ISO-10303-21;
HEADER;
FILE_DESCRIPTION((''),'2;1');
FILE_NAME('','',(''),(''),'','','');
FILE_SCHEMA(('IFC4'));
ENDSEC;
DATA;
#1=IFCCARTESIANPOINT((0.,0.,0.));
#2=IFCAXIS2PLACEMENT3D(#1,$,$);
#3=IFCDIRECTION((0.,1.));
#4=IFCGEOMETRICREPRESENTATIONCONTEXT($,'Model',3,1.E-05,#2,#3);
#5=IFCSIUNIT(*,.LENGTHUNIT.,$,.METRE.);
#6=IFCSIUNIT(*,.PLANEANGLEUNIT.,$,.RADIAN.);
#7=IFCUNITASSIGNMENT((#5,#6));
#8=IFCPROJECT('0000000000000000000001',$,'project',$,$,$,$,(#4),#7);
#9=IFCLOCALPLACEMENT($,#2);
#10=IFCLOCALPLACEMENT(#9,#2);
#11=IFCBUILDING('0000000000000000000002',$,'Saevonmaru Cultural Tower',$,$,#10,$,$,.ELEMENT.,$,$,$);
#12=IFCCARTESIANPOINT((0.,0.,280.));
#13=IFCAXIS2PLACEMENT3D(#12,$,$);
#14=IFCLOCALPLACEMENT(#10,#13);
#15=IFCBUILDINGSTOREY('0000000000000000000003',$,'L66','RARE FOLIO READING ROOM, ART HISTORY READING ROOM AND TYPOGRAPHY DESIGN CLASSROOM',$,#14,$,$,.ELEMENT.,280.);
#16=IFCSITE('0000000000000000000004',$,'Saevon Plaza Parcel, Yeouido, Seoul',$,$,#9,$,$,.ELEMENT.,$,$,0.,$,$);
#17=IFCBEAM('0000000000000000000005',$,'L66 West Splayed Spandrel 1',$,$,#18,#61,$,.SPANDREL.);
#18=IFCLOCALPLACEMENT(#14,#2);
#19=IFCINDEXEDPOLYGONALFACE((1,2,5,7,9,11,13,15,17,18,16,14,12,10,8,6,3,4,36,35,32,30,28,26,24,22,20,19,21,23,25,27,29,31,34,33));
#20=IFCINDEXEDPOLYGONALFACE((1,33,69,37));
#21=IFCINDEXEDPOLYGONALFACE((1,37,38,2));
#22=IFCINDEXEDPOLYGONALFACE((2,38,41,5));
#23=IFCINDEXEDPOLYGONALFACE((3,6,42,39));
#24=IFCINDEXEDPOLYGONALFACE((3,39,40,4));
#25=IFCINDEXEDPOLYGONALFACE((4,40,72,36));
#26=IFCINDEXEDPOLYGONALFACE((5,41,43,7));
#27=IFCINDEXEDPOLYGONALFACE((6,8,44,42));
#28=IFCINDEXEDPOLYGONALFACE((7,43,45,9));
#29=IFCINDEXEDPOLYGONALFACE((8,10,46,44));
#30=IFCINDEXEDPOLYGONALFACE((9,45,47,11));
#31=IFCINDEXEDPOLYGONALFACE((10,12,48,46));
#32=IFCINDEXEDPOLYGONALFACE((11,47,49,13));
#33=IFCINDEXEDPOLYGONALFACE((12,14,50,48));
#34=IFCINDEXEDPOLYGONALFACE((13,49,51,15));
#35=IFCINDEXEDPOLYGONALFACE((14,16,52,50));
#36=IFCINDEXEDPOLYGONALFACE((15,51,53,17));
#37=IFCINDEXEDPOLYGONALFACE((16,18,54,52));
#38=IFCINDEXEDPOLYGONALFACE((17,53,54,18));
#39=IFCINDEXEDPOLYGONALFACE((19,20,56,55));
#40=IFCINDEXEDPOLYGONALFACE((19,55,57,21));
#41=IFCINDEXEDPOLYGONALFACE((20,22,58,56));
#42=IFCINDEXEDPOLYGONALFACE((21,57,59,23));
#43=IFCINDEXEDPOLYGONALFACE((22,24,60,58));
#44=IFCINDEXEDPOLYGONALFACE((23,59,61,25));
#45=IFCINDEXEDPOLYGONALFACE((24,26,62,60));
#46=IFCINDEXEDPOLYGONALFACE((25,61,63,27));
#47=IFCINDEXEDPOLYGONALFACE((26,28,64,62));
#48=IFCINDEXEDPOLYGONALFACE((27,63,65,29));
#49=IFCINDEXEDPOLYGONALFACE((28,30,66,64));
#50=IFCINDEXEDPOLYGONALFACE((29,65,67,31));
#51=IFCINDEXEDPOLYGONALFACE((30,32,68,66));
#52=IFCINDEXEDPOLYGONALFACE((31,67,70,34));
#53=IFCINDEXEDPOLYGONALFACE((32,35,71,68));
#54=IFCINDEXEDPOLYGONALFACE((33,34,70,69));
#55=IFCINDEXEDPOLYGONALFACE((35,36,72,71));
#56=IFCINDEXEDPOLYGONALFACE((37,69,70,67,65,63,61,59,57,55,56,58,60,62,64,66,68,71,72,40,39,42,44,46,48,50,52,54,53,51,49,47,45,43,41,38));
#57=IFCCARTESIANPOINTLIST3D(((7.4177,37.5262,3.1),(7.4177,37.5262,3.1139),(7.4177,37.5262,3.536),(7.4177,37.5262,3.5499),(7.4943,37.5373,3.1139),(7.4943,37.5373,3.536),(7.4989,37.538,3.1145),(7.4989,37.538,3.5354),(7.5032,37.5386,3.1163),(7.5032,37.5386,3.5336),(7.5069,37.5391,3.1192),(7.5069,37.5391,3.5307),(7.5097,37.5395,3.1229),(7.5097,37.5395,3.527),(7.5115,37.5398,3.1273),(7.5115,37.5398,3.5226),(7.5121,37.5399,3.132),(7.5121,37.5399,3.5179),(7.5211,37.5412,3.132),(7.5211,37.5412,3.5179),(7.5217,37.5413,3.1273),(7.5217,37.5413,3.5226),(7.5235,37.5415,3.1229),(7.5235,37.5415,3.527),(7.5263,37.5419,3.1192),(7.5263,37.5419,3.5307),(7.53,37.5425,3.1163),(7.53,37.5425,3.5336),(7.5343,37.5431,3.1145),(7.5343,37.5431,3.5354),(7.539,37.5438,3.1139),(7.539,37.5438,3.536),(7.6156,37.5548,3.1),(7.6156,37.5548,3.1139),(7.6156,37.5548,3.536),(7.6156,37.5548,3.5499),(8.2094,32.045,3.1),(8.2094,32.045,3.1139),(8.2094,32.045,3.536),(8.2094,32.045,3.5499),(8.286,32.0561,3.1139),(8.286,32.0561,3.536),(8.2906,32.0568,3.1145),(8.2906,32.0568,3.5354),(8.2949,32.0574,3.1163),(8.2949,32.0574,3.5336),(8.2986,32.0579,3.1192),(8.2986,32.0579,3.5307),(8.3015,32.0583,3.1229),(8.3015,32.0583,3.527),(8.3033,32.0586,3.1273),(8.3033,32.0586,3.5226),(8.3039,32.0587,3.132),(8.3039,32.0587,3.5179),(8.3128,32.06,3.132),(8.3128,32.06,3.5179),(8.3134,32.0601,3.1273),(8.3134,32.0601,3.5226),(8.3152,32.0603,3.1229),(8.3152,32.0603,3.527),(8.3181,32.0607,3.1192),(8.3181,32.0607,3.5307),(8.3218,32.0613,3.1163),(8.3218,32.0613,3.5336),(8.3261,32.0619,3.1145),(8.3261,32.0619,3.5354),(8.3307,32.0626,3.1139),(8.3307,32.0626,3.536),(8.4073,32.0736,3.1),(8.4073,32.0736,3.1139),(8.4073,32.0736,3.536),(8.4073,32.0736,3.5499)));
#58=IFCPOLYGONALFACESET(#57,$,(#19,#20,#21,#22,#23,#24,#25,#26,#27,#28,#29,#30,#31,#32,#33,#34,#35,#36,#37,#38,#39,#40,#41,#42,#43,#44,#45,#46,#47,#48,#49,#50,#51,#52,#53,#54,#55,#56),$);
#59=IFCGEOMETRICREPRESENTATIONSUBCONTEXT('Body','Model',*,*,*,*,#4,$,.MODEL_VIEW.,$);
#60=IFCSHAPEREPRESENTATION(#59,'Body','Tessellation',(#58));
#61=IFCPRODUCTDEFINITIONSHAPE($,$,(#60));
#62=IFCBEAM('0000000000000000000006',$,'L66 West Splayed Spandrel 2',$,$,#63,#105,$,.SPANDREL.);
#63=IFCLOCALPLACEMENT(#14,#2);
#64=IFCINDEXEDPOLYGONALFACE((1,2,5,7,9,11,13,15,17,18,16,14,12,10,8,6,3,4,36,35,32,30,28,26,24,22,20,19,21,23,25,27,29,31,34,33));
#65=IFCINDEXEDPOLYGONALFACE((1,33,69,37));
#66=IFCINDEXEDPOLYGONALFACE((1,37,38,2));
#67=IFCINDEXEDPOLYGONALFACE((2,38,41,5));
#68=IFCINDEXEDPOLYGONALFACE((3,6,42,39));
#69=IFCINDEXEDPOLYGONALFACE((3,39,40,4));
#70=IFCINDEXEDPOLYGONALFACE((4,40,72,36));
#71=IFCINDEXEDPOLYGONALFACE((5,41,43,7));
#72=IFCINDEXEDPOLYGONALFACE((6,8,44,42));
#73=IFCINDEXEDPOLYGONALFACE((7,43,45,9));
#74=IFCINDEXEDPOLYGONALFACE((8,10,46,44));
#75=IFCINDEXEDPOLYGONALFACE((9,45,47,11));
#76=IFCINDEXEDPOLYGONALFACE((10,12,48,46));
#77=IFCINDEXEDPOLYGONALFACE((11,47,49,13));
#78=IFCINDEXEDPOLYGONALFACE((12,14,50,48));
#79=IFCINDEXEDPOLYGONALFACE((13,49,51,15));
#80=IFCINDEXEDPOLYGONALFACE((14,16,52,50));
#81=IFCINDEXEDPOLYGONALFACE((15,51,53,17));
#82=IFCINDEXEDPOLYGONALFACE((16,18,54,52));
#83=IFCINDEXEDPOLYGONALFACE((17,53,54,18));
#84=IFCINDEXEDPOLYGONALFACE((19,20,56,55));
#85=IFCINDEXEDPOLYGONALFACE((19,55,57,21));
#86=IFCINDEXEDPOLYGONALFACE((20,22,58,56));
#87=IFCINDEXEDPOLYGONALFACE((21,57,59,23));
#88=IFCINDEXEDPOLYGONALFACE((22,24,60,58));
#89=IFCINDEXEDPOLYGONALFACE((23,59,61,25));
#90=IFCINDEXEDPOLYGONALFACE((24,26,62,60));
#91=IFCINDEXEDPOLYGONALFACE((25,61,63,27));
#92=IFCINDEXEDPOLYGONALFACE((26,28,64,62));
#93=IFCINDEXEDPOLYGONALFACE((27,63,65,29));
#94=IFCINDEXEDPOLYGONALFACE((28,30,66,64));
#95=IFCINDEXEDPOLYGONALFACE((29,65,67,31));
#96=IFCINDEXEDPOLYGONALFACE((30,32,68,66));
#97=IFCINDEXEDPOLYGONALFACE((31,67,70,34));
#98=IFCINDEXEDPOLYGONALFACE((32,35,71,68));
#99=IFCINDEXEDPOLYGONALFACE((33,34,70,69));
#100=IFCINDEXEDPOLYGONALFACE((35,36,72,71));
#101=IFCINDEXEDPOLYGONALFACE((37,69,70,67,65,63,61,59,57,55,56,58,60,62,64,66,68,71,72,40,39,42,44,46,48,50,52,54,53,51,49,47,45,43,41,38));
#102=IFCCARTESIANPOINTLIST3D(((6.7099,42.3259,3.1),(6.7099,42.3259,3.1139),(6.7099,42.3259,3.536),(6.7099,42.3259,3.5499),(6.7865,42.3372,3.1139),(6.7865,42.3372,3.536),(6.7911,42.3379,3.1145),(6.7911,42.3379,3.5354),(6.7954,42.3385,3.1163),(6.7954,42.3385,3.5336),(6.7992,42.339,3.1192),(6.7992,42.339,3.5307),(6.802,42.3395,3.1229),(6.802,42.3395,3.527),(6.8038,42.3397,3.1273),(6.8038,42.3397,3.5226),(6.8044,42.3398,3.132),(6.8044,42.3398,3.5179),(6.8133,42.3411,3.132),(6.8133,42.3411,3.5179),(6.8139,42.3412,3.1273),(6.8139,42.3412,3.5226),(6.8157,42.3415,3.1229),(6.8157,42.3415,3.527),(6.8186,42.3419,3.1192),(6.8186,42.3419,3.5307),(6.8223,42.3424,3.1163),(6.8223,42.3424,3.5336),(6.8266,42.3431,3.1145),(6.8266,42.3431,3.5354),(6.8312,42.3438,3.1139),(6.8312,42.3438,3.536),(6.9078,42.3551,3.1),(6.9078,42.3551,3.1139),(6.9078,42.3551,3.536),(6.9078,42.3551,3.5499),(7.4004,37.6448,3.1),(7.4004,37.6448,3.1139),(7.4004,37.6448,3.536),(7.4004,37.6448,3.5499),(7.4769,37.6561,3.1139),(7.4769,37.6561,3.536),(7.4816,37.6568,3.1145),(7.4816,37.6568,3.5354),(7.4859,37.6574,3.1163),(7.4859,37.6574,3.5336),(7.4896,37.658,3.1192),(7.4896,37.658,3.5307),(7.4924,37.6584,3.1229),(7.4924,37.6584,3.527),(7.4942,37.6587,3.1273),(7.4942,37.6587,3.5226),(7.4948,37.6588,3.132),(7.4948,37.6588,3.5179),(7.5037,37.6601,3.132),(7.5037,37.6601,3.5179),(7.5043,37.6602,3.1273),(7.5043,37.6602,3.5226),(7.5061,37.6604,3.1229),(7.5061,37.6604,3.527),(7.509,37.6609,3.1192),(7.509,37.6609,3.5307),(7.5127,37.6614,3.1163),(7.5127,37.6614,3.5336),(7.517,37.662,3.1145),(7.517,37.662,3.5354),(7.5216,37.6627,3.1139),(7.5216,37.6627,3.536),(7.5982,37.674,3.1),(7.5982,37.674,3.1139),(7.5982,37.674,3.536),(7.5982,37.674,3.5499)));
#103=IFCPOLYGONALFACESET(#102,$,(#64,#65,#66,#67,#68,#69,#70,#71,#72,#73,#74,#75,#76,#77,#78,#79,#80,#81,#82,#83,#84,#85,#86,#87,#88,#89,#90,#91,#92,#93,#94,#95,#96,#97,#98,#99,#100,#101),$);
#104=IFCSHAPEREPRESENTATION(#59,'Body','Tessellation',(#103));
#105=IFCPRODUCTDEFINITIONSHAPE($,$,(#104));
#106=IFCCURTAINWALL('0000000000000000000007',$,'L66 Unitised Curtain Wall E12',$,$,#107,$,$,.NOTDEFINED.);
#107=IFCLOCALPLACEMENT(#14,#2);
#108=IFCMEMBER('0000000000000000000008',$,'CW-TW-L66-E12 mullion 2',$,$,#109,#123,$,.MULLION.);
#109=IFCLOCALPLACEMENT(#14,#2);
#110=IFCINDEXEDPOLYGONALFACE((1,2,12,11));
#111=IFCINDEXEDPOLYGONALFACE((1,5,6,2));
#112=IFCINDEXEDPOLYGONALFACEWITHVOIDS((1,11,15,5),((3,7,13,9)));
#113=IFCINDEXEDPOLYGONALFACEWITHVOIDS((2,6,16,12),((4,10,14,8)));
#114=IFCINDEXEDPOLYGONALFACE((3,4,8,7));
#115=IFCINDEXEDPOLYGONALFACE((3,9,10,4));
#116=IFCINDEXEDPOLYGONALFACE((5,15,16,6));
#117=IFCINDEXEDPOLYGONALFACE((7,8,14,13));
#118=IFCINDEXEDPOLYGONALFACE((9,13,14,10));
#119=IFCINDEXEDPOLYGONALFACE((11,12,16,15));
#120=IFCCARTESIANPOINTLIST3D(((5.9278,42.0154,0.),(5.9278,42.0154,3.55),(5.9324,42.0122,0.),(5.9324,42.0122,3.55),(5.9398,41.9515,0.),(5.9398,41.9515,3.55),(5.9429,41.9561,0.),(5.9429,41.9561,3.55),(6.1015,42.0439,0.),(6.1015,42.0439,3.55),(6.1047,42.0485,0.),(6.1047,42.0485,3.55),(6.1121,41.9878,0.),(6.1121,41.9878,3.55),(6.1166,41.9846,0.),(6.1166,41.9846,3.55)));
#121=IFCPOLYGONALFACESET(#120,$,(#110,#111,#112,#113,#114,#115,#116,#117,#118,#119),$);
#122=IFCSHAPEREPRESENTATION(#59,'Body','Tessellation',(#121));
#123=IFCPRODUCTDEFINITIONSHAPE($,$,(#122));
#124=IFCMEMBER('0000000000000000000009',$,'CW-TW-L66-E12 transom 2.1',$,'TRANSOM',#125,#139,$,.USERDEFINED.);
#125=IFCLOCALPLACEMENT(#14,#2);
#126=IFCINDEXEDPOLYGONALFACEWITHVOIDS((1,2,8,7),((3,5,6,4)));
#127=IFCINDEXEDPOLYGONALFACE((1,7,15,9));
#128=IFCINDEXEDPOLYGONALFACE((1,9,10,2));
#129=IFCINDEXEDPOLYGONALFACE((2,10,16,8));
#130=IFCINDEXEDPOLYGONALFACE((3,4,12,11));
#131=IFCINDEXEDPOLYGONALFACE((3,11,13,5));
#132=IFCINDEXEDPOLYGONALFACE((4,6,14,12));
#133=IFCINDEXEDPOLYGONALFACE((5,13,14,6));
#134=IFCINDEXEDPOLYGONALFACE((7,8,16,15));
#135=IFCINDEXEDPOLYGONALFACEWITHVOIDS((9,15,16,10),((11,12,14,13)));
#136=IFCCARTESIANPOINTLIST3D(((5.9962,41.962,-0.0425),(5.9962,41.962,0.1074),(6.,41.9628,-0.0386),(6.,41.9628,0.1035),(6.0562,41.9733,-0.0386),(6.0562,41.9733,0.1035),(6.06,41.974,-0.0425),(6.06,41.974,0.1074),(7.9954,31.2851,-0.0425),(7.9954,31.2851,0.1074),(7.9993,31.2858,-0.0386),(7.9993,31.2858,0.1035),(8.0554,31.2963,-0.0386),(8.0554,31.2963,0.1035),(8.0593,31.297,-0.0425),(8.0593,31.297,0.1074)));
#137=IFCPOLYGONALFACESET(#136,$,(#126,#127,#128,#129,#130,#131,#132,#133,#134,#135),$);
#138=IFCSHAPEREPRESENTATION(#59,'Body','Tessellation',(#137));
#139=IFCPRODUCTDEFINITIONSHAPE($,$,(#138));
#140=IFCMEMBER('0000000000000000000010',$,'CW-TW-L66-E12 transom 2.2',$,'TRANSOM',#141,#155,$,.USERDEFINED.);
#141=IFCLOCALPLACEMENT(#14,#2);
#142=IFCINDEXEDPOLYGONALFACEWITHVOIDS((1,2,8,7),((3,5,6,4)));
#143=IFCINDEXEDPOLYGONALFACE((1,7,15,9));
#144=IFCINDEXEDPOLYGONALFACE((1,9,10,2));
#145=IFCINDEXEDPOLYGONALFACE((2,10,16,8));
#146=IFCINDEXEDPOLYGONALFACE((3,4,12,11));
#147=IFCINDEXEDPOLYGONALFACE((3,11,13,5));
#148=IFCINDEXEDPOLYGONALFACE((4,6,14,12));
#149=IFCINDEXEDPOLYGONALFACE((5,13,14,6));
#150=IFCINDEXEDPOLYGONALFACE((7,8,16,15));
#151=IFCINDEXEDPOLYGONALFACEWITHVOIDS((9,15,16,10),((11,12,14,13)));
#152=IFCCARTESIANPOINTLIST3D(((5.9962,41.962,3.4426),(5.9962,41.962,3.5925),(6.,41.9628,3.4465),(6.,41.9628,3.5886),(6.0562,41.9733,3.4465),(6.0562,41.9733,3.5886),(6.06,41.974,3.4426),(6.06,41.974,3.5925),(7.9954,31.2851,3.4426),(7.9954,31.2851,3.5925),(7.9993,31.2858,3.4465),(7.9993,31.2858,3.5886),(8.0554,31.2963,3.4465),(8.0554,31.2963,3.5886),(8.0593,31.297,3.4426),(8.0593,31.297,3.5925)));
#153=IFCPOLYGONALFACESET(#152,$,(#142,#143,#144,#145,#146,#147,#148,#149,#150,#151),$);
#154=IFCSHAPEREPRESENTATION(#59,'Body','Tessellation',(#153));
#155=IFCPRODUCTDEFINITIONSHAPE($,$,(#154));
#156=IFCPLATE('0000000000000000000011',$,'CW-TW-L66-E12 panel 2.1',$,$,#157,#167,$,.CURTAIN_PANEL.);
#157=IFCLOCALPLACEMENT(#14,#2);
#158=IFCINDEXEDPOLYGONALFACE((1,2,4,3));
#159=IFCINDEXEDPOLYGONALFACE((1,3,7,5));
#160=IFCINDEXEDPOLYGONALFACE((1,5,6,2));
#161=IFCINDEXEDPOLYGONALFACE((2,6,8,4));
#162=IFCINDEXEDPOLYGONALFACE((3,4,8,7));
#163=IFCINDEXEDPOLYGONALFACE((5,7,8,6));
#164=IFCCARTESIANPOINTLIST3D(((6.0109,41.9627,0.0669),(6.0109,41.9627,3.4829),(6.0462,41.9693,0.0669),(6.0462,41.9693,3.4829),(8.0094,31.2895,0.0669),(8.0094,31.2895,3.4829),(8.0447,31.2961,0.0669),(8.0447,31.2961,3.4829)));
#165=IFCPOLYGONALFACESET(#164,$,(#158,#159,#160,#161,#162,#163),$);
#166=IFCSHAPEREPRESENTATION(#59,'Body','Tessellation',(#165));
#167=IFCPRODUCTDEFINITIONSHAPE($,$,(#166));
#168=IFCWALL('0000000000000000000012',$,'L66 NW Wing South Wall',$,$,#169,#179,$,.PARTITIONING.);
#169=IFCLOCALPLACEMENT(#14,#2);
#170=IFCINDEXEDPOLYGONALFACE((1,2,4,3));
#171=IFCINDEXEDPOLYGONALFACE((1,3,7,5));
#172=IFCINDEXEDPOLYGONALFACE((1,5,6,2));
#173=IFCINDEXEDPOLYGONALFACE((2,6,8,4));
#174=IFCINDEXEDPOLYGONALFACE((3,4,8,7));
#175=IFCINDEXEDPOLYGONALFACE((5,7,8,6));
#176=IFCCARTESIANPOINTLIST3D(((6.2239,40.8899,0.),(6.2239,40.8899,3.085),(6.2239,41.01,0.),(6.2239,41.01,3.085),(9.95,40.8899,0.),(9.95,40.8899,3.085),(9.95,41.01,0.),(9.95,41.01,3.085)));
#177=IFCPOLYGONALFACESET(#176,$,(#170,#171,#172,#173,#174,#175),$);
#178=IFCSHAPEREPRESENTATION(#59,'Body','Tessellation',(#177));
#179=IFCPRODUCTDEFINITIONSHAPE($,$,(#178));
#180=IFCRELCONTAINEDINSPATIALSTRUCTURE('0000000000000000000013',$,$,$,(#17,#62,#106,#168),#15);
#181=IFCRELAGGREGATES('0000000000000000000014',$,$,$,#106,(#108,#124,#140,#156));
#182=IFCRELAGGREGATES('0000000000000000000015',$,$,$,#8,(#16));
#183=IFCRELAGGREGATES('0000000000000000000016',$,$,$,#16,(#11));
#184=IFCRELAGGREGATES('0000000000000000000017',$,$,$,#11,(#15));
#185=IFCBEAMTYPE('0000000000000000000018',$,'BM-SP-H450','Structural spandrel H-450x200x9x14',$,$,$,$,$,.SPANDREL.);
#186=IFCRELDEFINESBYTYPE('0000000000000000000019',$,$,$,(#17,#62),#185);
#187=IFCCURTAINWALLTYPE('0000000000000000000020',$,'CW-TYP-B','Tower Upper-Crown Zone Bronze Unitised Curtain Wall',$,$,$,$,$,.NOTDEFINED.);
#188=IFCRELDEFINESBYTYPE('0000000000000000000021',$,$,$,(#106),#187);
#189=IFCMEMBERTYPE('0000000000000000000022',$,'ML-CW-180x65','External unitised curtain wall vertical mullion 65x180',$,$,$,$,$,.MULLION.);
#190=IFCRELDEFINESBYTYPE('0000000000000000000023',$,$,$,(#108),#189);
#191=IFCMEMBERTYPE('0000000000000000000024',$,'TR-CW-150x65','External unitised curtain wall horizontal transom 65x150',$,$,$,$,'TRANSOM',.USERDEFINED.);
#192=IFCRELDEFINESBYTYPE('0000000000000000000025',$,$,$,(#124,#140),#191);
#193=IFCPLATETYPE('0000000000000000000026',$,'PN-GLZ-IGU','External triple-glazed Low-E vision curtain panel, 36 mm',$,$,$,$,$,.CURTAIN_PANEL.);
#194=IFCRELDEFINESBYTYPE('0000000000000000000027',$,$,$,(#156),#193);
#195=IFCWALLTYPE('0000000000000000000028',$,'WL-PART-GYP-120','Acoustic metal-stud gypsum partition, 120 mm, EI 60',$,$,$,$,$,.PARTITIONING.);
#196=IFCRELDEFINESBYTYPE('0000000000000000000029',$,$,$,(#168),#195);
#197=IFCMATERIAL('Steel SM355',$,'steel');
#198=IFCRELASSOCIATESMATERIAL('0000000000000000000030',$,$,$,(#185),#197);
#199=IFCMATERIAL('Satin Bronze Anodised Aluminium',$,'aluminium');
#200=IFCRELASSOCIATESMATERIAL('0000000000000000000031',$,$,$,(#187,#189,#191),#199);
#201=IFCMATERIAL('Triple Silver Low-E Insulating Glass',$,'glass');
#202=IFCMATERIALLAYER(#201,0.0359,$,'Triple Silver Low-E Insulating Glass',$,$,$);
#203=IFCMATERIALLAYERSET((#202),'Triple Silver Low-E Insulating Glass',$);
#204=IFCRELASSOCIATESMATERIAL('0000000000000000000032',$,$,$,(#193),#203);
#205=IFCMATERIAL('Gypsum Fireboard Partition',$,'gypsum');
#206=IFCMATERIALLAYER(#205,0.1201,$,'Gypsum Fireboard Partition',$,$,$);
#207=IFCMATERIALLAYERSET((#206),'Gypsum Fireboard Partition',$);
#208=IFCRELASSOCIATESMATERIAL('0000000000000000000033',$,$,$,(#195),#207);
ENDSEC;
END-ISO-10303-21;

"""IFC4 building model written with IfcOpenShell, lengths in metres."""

from ifc_helpers import new_model, si_unit, direction, frame, frame_2d, origin, origin_2d, place, context, subcontext, project, spatial, rectangle, hollow_rectangle, i_section, extrude, material, layer, layer_set, material_profile, profile_set, type_object, element, aggregate, save


model = new_model("IFC4")

# Units and contexts
model_context = context("Model", 3, precision=1e-05, world=origin(), true_north=direction((0.0, 1.0)))
body_context = subcontext(model_context, "Body", "Model", "MODEL_VIEW")
ifc_project = project(units=[si_unit("LENGTHUNIT", "METRE"), si_unit("PLANEANGLEUNIT", "RADIAN")], contexts=[model_context])

# Site, building, storey
site_placement = place(None, origin())
site = spatial("IfcSite", under=ifc_project, at=site_placement, Name="Saevon Plaza Parcel, Yeouido, Seoul", CompositionType="ELEMENT", RefElevation=0.0)
building_placement = place(site_placement, origin())
building = spatial("IfcBuilding", under=site, at=building_placement, Name="Saevonmaru Cultural Tower", CompositionType="ELEMENT")
storey_placement = place(building_placement, frame((0.0, 0.0, 280.0)))
storey = spatial("IfcBuildingStorey", under=building, at=storey_placement, Name="L66", Description="RARE FOLIO READING ROOM, ART HISTORY READING ROOM AND TYPOGRAPHY DESIGN CLASSROOM", CompositionType="ELEMENT", Elevation=280.0)

# Shared definitions
ifc_material_1 = material(Name="Steel SM355", Category="steel")

# Beams
ifc_material_profile_1 = material_profile(ifc_material_1, i_section(OverallWidth=0.2, OverallDepth=0.45, WebThickness=0.009, FlangeThickness=0.0139, FilletRadius=0.0181, at=origin_2d()), Name="H-450x200x9x14")
ifc_profile_set_1 = profile_set([ifc_material_profile_1], Name="Steel SM355")
beam_type_1 = type_object("IfcBeamType", Name="BM-SP-H450", Description="Structural spandrel H-450x200x9x14", PredefinedType="SPANDREL", material=ifc_profile_set_1)
beam_1_placement = place(storey_placement, frame((8.3083, 32.0593, 3.325), z_axis=(-0.142964, 0.989728, 0.0), x_axis=(-0.989728, -0.142964, 0.0)))
element("IfcBeam", 1, at=beam_1_placement, inside=storey, type_object=beam_type_1, Name="L66 West Splayed Spandrel 1", PredefinedType="SPANDREL", context=body_context, shape_type="SweptSolid", body=[
    extrude(i_section(OverallWidth=0.2, OverallDepth=0.45, WebThickness=0.009, FlangeThickness=0.0139, FilletRadius=0.0181, at=origin_2d()), origin(), (0.0, 0.0, 1.0), 5.5381),
])
beam_2_placement = place(storey_placement, frame((7.4993, 37.6594, 3.325), z_axis=(-0.145913, 0.989297, 0.0), x_axis=(-0.989297, -0.145913, 0.0)))
element("IfcBeam", 2, at=beam_2_placement, inside=storey, type_object=beam_type_1, Name="L66 West Splayed Spandrel 2", PredefinedType="SPANDREL", context=body_context, shape_type="SweptSolid", body=[
    extrude(i_section(OverallWidth=0.2, OverallDepth=0.45, WebThickness=0.009, FlangeThickness=0.0139, FilletRadius=0.0181, at=origin_2d()), origin(), (0.0, 0.0, 1.0), 4.7317),
])

# Curtain wall, members, plate
ifc_material_2 = material(Name="Satin Bronze Anodised Aluminium", Category="aluminium")
curtain_wall_type = type_object("IfcCurtainWallType", Name="CW-TYP-B", Description="Tower Upper-Crown Zone Bronze Unitised Curtain Wall", PredefinedType="NOTDEFINED", material=ifc_material_2)
curtain_wall_placement = place(storey_placement, origin())
curtain_wall = element("IfcCurtainWall", 3, at=curtain_wall_placement, inside=storey, type_object=curtain_wall_type, Name="L66 Unitised Curtain Wall E12", PredefinedType="NOTDEFINED")
ifc_material_profile_2 = material_profile(ifc_material_2, hollow_rectangle(XDim=0.0649, YDim=0.1799, WallThickness=0.0039, at=origin_2d()), Name="ALU-MULL-180x65x4")
ifc_profile_set_2 = profile_set([ifc_material_profile_2], Name="Satin Bronze Anodised Aluminium")
member_type_1 = type_object("IfcMemberType", Name="ML-CW-180x65", Description="External unitised curtain wall vertical mullion 65x180", PredefinedType="MULLION", material=ifc_profile_set_2)
member_1_placement = place(storey_placement, frame((6.0222, 42.0, 0.0), z_axis=(0.0, 0.0, 1.0), x_axis=(0.184047, -0.982918, 0.0)))
member_1 = element("IfcMember", 4, at=member_1_placement, type_object=member_type_1, Name="CW-TW-L66-E12 mullion 2", PredefinedType="MULLION", context=body_context, shape_type="SweptSolid", body=[
    extrude(hollow_rectangle(XDim=0.0649, YDim=0.1799, WallThickness=0.0039, at=origin_2d()), origin(), (0.0, 0.0, 1.0), 3.55),
])
ifc_material_profile_3 = material_profile(ifc_material_2, hollow_rectangle(XDim=0.0649, YDim=0.1499, WallThickness=0.0039, at=origin_2d()), Name="ALU-TRAN-150x65x4")
ifc_profile_set_3 = profile_set([ifc_material_profile_3], Name="Satin Bronze Anodised Aluminium")
member_type_2 = type_object("IfcMemberType", Name="TR-CW-150x65", Description="External unitised curtain wall horizontal transom 65x150", ElementType="TRANSOM", PredefinedType="USERDEFINED", material=ifc_profile_set_3)
member_2_placement = place(storey_placement, frame((6.0281, 41.968, 0.0325), z_axis=(0.184051, -0.982917, 0.0), x_axis=(0.982917, 0.184051, 0.0)))
member_2 = element("IfcMember", 5, at=member_2_placement, type_object=member_type_2, Name="CW-TW-L66-E12 transom 2.1", ObjectType="TRANSOM", PredefinedType="USERDEFINED", context=body_context, shape_type="SweptSolid", body=[
    extrude(hollow_rectangle(XDim=0.0649, YDim=0.1499, WallThickness=0.0039, at=origin_2d()), origin(), (0.0, 0.0, 1.0), 10.8625),
])
member_3_placement = place(storey_placement, frame((6.0281, 41.968, 3.5176), z_axis=(0.184051, -0.982917, 0.0), x_axis=(0.982917, 0.184051, 0.0)))
member_3 = element("IfcMember", 6, at=member_3_placement, type_object=member_type_2, Name="CW-TW-L66-E12 transom 2.2", ObjectType="TRANSOM", PredefinedType="USERDEFINED", context=body_context, shape_type="SweptSolid", body=[
    extrude(hollow_rectangle(XDim=0.0649, YDim=0.1499, WallThickness=0.0039, at=origin_2d()), origin(), (0.0, 0.0, 1.0), 10.8625),
])
ifc_material_3 = material(Name="Triple Silver Low-E Insulating Glass", Category="glass")
ifc_layer_1 = layer(ifc_material_3, 0.0359, Name="Triple Silver Low-E Insulating Glass")
ifc_layer_set_1 = layer_set([ifc_layer_1], Name="Triple Silver Low-E Insulating Glass")
plate_type = type_object("IfcPlateType", Name="PN-GLZ-IGU", Description="External triple-glazed Low-E vision curtain panel, 36 mm", PredefinedType="CURTAIN_PANEL", material=ifc_layer_set_1)
plate_placement = place(storey_placement, frame((7.0278, 36.6294, 0.0669), z_axis=(0.0, 0.0, 1.0), x_axis=(0.184047, -0.982918, 0.0)))
plate = element("IfcPlate", 7, at=plate_placement, type_object=plate_type, Name="CW-TW-L66-E12 panel 2.1", PredefinedType="CURTAIN_PANEL", context=body_context, shape_type="SweptSolid", body=[
    extrude(rectangle(XDim=10.8586, YDim=0.0359, at=origin_2d()), origin(), (0.0, 0.0, 1.0), 3.416),
])
aggregate(curtain_wall, [member_1, member_2, member_3, plate])

# Wall
ifc_material_4 = material(Name="Gypsum Fireboard Partition", Category="gypsum")
ifc_layer_2 = layer(ifc_material_4, 0.1201, Name="Gypsum Fireboard Partition")
ifc_layer_set_2 = layer_set([ifc_layer_2], Name="Gypsum Fireboard Partition")
wall_type = type_object("IfcWallType", Name="WL-PART-GYP-120", Description="Acoustic metal-stud gypsum partition, 120 mm, EI 60", PredefinedType="PARTITIONING", material=ifc_layer_set_2)
wall_1_placement = place(storey_placement, frame((6.2239, 40.95, 0.0), z_axis=(0.0, 0.0, 1.0), x_axis=(1.0, 0.0, 0.0)))
element("IfcWall", 8, at=wall_1_placement, inside=storey, type_object=wall_type, Name="L66 NW Wing South Wall", PredefinedType="PARTITIONING", context=body_context, shape_type="SweptSolid", body=[
    extrude(rectangle(XDim=3.7261, YDim=0.1201, at=frame_2d((1.863, 0.0))), origin(), (0.0, 0.0, 1.0), 3.085),
])

save(model, "model.ifc")
